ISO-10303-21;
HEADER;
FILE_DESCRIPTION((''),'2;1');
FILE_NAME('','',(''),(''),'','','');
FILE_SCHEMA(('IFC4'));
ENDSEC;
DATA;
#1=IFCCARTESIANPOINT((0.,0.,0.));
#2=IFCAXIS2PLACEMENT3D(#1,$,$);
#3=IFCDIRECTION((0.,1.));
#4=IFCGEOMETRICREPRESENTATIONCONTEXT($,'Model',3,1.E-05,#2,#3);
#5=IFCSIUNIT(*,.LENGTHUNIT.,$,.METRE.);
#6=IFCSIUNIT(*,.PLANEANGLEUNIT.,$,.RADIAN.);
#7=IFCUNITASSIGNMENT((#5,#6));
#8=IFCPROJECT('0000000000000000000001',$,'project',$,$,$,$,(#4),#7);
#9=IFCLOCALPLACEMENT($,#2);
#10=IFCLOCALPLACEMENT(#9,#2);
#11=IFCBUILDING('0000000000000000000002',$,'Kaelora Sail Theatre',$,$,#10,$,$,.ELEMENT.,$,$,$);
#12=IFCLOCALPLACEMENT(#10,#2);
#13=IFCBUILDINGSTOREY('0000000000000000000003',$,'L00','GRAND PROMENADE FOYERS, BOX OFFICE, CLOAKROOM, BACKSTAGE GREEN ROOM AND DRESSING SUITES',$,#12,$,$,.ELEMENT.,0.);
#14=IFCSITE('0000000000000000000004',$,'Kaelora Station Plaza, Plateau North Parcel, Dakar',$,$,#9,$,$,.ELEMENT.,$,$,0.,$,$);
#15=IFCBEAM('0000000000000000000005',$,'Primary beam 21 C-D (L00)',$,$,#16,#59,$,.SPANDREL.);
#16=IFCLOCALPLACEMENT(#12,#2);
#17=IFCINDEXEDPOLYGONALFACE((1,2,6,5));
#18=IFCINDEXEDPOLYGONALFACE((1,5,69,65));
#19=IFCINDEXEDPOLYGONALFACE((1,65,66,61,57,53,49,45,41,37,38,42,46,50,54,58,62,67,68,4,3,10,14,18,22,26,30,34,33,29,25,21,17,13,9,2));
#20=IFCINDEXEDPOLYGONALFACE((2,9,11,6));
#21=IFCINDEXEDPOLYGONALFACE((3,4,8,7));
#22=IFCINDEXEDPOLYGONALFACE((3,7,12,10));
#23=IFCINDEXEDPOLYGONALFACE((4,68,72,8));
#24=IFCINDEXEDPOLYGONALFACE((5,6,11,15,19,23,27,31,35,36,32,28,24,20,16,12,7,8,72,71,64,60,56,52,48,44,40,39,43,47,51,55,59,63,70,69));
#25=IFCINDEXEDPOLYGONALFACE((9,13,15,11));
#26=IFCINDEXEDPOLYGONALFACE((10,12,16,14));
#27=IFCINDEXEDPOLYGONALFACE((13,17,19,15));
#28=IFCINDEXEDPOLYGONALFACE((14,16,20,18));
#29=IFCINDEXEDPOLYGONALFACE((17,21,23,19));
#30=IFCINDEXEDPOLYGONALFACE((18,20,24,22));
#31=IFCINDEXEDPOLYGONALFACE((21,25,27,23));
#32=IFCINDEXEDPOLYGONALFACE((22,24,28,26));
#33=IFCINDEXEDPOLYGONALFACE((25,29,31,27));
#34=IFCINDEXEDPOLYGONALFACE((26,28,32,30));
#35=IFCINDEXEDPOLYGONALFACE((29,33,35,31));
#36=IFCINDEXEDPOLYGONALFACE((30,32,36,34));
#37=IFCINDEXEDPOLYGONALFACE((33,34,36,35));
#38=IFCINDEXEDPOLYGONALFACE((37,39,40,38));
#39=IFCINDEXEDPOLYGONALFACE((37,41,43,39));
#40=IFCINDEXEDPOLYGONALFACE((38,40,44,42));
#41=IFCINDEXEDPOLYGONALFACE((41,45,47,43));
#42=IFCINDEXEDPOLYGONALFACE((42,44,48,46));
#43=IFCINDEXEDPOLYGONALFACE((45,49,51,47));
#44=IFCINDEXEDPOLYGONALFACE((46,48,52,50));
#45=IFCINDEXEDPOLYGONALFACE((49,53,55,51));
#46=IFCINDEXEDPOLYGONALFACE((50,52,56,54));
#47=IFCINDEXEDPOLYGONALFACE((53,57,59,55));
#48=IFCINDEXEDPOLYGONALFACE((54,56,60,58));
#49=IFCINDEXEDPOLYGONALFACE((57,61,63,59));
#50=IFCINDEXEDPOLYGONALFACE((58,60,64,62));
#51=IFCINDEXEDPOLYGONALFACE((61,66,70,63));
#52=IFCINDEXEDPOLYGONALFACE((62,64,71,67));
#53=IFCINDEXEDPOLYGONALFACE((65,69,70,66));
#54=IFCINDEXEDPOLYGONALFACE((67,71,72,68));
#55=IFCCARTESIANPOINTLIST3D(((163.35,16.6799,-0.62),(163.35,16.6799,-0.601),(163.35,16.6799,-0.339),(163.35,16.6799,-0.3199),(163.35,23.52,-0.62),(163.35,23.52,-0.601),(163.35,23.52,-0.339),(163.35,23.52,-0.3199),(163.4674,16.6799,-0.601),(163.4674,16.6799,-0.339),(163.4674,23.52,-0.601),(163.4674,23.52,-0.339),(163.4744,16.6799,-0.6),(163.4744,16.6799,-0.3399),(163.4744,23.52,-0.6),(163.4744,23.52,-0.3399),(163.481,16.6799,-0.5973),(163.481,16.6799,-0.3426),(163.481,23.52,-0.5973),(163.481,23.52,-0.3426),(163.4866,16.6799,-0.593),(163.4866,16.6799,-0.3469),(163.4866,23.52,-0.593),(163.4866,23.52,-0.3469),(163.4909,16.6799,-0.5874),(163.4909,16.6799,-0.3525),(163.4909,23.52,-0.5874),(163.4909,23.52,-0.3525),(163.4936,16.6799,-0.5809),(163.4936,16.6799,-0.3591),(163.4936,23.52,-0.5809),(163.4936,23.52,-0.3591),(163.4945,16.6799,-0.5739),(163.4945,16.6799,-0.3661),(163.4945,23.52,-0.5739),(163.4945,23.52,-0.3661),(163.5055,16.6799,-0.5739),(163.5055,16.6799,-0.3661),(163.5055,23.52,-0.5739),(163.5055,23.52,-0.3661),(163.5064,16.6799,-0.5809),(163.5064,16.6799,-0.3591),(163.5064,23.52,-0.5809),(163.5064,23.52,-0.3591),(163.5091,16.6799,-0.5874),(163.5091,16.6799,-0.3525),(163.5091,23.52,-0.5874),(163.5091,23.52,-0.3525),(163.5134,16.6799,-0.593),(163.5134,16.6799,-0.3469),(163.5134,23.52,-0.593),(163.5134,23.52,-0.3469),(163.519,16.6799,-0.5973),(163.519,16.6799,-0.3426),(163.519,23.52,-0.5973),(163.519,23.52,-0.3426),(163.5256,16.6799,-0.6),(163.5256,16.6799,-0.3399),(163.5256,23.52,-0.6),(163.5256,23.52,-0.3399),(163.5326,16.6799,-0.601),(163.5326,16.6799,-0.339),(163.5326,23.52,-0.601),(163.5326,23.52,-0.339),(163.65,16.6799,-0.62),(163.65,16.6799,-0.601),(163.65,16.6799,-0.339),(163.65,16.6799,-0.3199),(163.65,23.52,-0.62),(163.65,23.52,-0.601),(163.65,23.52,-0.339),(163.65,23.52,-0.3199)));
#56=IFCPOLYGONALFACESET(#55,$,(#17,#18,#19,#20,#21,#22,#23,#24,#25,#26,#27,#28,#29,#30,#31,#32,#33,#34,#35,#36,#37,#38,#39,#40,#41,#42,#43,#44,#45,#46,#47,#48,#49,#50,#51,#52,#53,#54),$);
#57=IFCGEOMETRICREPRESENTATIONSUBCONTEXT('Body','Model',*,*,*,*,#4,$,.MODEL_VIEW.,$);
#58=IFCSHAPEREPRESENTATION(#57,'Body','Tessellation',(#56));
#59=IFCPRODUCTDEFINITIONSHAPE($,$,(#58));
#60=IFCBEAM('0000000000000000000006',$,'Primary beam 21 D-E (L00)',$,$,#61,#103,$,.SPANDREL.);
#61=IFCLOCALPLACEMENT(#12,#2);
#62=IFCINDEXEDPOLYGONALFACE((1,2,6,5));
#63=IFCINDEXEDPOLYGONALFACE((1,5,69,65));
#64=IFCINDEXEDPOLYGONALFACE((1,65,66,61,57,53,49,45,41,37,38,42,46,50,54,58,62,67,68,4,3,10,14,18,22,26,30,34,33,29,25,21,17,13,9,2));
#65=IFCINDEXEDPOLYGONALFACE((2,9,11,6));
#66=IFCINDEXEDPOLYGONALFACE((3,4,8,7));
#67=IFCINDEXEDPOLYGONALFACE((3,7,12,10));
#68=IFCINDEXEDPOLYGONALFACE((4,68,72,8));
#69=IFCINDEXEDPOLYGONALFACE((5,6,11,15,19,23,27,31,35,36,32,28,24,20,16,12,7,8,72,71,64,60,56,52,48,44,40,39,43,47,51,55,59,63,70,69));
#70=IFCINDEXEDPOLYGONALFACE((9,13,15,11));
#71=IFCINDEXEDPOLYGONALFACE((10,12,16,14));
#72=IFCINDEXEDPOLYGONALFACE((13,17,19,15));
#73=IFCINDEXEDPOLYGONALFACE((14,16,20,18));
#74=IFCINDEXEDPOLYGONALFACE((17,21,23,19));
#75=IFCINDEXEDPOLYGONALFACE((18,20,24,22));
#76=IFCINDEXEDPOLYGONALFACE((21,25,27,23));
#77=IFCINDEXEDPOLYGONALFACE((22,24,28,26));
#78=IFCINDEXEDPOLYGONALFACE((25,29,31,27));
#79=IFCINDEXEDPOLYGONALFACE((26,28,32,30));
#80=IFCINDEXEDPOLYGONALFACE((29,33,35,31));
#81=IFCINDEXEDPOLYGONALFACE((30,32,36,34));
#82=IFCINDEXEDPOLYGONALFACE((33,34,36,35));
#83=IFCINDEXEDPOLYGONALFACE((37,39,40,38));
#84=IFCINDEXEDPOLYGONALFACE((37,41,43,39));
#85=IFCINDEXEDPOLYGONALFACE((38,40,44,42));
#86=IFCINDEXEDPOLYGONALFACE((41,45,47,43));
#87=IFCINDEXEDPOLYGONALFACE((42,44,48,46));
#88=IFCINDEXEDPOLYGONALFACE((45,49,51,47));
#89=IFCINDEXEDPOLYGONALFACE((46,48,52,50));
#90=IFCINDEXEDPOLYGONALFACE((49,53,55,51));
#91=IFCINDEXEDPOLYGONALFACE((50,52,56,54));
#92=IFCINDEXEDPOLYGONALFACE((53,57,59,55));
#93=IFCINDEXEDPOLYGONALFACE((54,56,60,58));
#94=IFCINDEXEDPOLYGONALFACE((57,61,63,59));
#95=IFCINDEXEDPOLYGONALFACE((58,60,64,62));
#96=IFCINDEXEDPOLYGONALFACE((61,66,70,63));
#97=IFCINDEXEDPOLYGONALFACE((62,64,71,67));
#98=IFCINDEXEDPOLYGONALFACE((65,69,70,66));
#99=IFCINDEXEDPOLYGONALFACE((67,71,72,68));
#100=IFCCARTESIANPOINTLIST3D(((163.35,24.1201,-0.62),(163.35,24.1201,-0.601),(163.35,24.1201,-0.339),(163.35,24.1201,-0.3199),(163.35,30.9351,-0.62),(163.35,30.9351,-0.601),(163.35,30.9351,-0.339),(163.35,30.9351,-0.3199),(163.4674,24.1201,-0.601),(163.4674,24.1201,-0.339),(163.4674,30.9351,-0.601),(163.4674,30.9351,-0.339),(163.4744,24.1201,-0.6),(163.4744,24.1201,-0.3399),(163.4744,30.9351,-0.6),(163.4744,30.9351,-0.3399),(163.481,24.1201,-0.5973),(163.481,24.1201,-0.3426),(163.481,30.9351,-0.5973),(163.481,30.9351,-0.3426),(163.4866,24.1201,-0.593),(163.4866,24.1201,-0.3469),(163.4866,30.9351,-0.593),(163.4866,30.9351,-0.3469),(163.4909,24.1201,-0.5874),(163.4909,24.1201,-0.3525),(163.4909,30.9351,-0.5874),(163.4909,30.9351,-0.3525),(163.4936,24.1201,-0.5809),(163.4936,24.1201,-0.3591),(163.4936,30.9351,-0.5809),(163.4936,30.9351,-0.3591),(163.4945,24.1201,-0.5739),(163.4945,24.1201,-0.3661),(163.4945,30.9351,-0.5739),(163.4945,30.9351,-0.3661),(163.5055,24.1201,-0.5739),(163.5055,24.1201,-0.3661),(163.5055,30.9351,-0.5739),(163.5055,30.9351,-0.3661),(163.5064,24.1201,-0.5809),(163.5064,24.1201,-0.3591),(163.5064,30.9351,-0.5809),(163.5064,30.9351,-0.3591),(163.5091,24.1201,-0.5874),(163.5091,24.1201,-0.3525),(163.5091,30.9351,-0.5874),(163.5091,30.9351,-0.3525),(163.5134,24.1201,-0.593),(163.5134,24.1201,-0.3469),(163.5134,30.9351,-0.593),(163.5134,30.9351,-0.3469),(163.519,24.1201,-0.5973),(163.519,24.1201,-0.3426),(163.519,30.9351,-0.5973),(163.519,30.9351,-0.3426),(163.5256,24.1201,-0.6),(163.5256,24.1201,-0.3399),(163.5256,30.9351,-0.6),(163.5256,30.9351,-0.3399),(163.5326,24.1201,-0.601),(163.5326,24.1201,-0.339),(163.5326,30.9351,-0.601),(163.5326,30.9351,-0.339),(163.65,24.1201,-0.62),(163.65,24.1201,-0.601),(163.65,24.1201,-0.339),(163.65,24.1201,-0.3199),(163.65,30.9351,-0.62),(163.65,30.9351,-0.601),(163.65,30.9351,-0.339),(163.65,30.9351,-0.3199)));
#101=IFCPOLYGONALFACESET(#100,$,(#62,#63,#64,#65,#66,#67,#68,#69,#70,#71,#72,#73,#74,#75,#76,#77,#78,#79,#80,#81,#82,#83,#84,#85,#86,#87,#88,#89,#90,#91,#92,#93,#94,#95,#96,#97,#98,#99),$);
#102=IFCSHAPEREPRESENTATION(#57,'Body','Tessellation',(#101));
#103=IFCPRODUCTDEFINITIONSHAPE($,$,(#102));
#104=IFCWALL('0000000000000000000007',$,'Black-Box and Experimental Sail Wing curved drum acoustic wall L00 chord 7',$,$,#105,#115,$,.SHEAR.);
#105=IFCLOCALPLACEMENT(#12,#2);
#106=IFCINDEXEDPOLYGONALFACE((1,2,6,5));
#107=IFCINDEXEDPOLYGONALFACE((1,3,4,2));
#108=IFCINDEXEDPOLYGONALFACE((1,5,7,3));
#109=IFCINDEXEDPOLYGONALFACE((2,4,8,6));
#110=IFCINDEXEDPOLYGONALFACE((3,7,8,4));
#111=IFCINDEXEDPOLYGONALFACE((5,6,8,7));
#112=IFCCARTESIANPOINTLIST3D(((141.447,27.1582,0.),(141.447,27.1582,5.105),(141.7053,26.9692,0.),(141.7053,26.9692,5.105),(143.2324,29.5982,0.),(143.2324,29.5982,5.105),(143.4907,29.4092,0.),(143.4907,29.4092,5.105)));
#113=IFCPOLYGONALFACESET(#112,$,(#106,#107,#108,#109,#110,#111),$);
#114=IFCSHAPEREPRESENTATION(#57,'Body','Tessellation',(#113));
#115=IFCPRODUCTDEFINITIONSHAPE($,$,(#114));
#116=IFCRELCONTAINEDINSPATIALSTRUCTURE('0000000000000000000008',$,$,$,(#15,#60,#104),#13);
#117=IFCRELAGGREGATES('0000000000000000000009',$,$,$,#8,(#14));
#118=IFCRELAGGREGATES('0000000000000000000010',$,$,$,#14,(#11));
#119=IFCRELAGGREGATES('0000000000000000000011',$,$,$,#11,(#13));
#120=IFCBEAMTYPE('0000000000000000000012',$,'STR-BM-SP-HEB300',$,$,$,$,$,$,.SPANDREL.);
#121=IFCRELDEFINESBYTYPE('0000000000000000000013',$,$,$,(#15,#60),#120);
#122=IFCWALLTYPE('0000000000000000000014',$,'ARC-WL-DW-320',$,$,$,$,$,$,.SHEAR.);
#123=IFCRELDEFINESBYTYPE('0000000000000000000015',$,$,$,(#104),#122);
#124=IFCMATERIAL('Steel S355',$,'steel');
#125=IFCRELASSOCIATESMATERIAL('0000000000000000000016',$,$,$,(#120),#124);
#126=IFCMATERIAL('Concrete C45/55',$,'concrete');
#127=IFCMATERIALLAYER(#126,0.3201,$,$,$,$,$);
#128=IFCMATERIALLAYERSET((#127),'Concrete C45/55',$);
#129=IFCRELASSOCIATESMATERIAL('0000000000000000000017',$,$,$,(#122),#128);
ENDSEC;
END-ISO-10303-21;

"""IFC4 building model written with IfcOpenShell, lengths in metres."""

from ifc_helpers import new_model, si_unit, direction, frame, frame_2d, origin, origin_2d, place, context, subcontext, project, spatial, rectangle, i_section, extrude, material, layer, layer_set, material_profile, profile_set, type_object, element, save


model = new_model("IFC4")

# Units and contexts
model_context = context("Model", 3, precision=1e-05, world=origin(), true_north=direction((0.0, 1.0)))
body_context = subcontext(model_context, "Body", "Model", "MODEL_VIEW")
ifc_project = project(units=[si_unit("LENGTHUNIT", "METRE"), si_unit("PLANEANGLEUNIT", "RADIAN")], contexts=[model_context])

# Site, building, storey
site_placement = place(None, origin())
site = spatial("IfcSite", under=ifc_project, at=site_placement, Name="Kaelora Station Plaza, Plateau North Parcel, Dakar", CompositionType="ELEMENT", RefElevation=0.0)
building_placement = place(site_placement, origin())
building = spatial("IfcBuilding", under=site, at=building_placement, Name="Kaelora Sail Theatre", CompositionType="ELEMENT")
storey_placement = place(building_placement, origin())
storey = spatial("IfcBuildingStorey", under=building, at=storey_placement, Name="L00", Description="GRAND PROMENADE FOYERS, BOX OFFICE, CLOAKROOM, BACKSTAGE GREEN ROOM AND DRESSING SUITES", CompositionType="ELEMENT", Elevation=0.0)

# Beams
ifc_material_1 = material(Name="Steel S355", Category="steel")
ifc_material_profile_1 = material_profile(ifc_material_1, i_section(OverallWidth=0.3, OverallDepth=0.3, WebThickness=0.011, FlangeThickness=0.019, FilletRadius=0.0271, at=origin_2d()), Name="HEB 300")
ifc_profile_set_1 = profile_set([ifc_material_profile_1], Name="Steel S355")
beam_type_1 = type_object("IfcBeamType", Name="STR-BM-SP-HEB300", PredefinedType="SPANDREL", material=ifc_profile_set_1)
beam_1_placement = place(storey_placement, frame((163.5, 16.6799, -0.47), z_axis=(0.0, 1.0, 0.0), x_axis=(-1.0, 0.0, 0.0)))
element("IfcBeam", 1, at=beam_1_placement, inside=storey, type_object=beam_type_1, Name="Primary beam 21 C-D (L00)", PredefinedType="SPANDREL", context=body_context, shape_type="SweptSolid", body=[
    extrude(i_section(OverallWidth=0.3, OverallDepth=0.3, WebThickness=0.011, FlangeThickness=0.019, FilletRadius=0.0271, at=origin_2d()), origin(), (0.0, 0.0, 1.0), 6.8401),
])
beam_2_placement = place(storey_placement, frame((163.5, 24.1201, -0.47), z_axis=(0.0, 1.0, 0.0), x_axis=(-1.0, 0.0, 0.0)))
element("IfcBeam", 2, at=beam_2_placement, inside=storey, type_object=beam_type_1, Name="Primary beam 21 D-E (L00)", PredefinedType="SPANDREL", context=body_context, shape_type="SweptSolid", body=[
    extrude(i_section(OverallWidth=0.3, OverallDepth=0.3, WebThickness=0.011, FlangeThickness=0.019, FilletRadius=0.0271, at=origin_2d()), origin(), (0.0, 0.0, 1.0), 6.8149),
])

# Wall
ifc_material_2 = material(Name="Concrete C45/55", Category="concrete")
ifc_layer = layer(ifc_material_2, 0.3201)
ifc_layer_set = layer_set([ifc_layer], Name="Concrete C45/55")
wall_type = type_object("IfcWallType", Name="ARC-WL-DW-320", PredefinedType="SHEAR", material=ifc_layer_set)
wall_placement = place(storey_placement, frame((143.3616, 29.5037, 0.0), z_axis=(0.0, 0.0, 1.0), x_axis=(-0.590527, -0.807018, 0.0)))
element("IfcWall", 3, at=wall_placement, inside=storey, type_object=wall_type, Name="Black-Box and Experimental Sail Wing curved drum acoustic wall L00 chord 7", PredefinedType="SHEAR", context=body_context, shape_type="SweptSolid", body=[
    extrude(rectangle(XDim=3.0234, YDim=0.3201, at=frame_2d((1.5117, 0.0))), origin(), (0.0, 0.0, 1.0), 5.105),
])

save(model, "model.ifc")
